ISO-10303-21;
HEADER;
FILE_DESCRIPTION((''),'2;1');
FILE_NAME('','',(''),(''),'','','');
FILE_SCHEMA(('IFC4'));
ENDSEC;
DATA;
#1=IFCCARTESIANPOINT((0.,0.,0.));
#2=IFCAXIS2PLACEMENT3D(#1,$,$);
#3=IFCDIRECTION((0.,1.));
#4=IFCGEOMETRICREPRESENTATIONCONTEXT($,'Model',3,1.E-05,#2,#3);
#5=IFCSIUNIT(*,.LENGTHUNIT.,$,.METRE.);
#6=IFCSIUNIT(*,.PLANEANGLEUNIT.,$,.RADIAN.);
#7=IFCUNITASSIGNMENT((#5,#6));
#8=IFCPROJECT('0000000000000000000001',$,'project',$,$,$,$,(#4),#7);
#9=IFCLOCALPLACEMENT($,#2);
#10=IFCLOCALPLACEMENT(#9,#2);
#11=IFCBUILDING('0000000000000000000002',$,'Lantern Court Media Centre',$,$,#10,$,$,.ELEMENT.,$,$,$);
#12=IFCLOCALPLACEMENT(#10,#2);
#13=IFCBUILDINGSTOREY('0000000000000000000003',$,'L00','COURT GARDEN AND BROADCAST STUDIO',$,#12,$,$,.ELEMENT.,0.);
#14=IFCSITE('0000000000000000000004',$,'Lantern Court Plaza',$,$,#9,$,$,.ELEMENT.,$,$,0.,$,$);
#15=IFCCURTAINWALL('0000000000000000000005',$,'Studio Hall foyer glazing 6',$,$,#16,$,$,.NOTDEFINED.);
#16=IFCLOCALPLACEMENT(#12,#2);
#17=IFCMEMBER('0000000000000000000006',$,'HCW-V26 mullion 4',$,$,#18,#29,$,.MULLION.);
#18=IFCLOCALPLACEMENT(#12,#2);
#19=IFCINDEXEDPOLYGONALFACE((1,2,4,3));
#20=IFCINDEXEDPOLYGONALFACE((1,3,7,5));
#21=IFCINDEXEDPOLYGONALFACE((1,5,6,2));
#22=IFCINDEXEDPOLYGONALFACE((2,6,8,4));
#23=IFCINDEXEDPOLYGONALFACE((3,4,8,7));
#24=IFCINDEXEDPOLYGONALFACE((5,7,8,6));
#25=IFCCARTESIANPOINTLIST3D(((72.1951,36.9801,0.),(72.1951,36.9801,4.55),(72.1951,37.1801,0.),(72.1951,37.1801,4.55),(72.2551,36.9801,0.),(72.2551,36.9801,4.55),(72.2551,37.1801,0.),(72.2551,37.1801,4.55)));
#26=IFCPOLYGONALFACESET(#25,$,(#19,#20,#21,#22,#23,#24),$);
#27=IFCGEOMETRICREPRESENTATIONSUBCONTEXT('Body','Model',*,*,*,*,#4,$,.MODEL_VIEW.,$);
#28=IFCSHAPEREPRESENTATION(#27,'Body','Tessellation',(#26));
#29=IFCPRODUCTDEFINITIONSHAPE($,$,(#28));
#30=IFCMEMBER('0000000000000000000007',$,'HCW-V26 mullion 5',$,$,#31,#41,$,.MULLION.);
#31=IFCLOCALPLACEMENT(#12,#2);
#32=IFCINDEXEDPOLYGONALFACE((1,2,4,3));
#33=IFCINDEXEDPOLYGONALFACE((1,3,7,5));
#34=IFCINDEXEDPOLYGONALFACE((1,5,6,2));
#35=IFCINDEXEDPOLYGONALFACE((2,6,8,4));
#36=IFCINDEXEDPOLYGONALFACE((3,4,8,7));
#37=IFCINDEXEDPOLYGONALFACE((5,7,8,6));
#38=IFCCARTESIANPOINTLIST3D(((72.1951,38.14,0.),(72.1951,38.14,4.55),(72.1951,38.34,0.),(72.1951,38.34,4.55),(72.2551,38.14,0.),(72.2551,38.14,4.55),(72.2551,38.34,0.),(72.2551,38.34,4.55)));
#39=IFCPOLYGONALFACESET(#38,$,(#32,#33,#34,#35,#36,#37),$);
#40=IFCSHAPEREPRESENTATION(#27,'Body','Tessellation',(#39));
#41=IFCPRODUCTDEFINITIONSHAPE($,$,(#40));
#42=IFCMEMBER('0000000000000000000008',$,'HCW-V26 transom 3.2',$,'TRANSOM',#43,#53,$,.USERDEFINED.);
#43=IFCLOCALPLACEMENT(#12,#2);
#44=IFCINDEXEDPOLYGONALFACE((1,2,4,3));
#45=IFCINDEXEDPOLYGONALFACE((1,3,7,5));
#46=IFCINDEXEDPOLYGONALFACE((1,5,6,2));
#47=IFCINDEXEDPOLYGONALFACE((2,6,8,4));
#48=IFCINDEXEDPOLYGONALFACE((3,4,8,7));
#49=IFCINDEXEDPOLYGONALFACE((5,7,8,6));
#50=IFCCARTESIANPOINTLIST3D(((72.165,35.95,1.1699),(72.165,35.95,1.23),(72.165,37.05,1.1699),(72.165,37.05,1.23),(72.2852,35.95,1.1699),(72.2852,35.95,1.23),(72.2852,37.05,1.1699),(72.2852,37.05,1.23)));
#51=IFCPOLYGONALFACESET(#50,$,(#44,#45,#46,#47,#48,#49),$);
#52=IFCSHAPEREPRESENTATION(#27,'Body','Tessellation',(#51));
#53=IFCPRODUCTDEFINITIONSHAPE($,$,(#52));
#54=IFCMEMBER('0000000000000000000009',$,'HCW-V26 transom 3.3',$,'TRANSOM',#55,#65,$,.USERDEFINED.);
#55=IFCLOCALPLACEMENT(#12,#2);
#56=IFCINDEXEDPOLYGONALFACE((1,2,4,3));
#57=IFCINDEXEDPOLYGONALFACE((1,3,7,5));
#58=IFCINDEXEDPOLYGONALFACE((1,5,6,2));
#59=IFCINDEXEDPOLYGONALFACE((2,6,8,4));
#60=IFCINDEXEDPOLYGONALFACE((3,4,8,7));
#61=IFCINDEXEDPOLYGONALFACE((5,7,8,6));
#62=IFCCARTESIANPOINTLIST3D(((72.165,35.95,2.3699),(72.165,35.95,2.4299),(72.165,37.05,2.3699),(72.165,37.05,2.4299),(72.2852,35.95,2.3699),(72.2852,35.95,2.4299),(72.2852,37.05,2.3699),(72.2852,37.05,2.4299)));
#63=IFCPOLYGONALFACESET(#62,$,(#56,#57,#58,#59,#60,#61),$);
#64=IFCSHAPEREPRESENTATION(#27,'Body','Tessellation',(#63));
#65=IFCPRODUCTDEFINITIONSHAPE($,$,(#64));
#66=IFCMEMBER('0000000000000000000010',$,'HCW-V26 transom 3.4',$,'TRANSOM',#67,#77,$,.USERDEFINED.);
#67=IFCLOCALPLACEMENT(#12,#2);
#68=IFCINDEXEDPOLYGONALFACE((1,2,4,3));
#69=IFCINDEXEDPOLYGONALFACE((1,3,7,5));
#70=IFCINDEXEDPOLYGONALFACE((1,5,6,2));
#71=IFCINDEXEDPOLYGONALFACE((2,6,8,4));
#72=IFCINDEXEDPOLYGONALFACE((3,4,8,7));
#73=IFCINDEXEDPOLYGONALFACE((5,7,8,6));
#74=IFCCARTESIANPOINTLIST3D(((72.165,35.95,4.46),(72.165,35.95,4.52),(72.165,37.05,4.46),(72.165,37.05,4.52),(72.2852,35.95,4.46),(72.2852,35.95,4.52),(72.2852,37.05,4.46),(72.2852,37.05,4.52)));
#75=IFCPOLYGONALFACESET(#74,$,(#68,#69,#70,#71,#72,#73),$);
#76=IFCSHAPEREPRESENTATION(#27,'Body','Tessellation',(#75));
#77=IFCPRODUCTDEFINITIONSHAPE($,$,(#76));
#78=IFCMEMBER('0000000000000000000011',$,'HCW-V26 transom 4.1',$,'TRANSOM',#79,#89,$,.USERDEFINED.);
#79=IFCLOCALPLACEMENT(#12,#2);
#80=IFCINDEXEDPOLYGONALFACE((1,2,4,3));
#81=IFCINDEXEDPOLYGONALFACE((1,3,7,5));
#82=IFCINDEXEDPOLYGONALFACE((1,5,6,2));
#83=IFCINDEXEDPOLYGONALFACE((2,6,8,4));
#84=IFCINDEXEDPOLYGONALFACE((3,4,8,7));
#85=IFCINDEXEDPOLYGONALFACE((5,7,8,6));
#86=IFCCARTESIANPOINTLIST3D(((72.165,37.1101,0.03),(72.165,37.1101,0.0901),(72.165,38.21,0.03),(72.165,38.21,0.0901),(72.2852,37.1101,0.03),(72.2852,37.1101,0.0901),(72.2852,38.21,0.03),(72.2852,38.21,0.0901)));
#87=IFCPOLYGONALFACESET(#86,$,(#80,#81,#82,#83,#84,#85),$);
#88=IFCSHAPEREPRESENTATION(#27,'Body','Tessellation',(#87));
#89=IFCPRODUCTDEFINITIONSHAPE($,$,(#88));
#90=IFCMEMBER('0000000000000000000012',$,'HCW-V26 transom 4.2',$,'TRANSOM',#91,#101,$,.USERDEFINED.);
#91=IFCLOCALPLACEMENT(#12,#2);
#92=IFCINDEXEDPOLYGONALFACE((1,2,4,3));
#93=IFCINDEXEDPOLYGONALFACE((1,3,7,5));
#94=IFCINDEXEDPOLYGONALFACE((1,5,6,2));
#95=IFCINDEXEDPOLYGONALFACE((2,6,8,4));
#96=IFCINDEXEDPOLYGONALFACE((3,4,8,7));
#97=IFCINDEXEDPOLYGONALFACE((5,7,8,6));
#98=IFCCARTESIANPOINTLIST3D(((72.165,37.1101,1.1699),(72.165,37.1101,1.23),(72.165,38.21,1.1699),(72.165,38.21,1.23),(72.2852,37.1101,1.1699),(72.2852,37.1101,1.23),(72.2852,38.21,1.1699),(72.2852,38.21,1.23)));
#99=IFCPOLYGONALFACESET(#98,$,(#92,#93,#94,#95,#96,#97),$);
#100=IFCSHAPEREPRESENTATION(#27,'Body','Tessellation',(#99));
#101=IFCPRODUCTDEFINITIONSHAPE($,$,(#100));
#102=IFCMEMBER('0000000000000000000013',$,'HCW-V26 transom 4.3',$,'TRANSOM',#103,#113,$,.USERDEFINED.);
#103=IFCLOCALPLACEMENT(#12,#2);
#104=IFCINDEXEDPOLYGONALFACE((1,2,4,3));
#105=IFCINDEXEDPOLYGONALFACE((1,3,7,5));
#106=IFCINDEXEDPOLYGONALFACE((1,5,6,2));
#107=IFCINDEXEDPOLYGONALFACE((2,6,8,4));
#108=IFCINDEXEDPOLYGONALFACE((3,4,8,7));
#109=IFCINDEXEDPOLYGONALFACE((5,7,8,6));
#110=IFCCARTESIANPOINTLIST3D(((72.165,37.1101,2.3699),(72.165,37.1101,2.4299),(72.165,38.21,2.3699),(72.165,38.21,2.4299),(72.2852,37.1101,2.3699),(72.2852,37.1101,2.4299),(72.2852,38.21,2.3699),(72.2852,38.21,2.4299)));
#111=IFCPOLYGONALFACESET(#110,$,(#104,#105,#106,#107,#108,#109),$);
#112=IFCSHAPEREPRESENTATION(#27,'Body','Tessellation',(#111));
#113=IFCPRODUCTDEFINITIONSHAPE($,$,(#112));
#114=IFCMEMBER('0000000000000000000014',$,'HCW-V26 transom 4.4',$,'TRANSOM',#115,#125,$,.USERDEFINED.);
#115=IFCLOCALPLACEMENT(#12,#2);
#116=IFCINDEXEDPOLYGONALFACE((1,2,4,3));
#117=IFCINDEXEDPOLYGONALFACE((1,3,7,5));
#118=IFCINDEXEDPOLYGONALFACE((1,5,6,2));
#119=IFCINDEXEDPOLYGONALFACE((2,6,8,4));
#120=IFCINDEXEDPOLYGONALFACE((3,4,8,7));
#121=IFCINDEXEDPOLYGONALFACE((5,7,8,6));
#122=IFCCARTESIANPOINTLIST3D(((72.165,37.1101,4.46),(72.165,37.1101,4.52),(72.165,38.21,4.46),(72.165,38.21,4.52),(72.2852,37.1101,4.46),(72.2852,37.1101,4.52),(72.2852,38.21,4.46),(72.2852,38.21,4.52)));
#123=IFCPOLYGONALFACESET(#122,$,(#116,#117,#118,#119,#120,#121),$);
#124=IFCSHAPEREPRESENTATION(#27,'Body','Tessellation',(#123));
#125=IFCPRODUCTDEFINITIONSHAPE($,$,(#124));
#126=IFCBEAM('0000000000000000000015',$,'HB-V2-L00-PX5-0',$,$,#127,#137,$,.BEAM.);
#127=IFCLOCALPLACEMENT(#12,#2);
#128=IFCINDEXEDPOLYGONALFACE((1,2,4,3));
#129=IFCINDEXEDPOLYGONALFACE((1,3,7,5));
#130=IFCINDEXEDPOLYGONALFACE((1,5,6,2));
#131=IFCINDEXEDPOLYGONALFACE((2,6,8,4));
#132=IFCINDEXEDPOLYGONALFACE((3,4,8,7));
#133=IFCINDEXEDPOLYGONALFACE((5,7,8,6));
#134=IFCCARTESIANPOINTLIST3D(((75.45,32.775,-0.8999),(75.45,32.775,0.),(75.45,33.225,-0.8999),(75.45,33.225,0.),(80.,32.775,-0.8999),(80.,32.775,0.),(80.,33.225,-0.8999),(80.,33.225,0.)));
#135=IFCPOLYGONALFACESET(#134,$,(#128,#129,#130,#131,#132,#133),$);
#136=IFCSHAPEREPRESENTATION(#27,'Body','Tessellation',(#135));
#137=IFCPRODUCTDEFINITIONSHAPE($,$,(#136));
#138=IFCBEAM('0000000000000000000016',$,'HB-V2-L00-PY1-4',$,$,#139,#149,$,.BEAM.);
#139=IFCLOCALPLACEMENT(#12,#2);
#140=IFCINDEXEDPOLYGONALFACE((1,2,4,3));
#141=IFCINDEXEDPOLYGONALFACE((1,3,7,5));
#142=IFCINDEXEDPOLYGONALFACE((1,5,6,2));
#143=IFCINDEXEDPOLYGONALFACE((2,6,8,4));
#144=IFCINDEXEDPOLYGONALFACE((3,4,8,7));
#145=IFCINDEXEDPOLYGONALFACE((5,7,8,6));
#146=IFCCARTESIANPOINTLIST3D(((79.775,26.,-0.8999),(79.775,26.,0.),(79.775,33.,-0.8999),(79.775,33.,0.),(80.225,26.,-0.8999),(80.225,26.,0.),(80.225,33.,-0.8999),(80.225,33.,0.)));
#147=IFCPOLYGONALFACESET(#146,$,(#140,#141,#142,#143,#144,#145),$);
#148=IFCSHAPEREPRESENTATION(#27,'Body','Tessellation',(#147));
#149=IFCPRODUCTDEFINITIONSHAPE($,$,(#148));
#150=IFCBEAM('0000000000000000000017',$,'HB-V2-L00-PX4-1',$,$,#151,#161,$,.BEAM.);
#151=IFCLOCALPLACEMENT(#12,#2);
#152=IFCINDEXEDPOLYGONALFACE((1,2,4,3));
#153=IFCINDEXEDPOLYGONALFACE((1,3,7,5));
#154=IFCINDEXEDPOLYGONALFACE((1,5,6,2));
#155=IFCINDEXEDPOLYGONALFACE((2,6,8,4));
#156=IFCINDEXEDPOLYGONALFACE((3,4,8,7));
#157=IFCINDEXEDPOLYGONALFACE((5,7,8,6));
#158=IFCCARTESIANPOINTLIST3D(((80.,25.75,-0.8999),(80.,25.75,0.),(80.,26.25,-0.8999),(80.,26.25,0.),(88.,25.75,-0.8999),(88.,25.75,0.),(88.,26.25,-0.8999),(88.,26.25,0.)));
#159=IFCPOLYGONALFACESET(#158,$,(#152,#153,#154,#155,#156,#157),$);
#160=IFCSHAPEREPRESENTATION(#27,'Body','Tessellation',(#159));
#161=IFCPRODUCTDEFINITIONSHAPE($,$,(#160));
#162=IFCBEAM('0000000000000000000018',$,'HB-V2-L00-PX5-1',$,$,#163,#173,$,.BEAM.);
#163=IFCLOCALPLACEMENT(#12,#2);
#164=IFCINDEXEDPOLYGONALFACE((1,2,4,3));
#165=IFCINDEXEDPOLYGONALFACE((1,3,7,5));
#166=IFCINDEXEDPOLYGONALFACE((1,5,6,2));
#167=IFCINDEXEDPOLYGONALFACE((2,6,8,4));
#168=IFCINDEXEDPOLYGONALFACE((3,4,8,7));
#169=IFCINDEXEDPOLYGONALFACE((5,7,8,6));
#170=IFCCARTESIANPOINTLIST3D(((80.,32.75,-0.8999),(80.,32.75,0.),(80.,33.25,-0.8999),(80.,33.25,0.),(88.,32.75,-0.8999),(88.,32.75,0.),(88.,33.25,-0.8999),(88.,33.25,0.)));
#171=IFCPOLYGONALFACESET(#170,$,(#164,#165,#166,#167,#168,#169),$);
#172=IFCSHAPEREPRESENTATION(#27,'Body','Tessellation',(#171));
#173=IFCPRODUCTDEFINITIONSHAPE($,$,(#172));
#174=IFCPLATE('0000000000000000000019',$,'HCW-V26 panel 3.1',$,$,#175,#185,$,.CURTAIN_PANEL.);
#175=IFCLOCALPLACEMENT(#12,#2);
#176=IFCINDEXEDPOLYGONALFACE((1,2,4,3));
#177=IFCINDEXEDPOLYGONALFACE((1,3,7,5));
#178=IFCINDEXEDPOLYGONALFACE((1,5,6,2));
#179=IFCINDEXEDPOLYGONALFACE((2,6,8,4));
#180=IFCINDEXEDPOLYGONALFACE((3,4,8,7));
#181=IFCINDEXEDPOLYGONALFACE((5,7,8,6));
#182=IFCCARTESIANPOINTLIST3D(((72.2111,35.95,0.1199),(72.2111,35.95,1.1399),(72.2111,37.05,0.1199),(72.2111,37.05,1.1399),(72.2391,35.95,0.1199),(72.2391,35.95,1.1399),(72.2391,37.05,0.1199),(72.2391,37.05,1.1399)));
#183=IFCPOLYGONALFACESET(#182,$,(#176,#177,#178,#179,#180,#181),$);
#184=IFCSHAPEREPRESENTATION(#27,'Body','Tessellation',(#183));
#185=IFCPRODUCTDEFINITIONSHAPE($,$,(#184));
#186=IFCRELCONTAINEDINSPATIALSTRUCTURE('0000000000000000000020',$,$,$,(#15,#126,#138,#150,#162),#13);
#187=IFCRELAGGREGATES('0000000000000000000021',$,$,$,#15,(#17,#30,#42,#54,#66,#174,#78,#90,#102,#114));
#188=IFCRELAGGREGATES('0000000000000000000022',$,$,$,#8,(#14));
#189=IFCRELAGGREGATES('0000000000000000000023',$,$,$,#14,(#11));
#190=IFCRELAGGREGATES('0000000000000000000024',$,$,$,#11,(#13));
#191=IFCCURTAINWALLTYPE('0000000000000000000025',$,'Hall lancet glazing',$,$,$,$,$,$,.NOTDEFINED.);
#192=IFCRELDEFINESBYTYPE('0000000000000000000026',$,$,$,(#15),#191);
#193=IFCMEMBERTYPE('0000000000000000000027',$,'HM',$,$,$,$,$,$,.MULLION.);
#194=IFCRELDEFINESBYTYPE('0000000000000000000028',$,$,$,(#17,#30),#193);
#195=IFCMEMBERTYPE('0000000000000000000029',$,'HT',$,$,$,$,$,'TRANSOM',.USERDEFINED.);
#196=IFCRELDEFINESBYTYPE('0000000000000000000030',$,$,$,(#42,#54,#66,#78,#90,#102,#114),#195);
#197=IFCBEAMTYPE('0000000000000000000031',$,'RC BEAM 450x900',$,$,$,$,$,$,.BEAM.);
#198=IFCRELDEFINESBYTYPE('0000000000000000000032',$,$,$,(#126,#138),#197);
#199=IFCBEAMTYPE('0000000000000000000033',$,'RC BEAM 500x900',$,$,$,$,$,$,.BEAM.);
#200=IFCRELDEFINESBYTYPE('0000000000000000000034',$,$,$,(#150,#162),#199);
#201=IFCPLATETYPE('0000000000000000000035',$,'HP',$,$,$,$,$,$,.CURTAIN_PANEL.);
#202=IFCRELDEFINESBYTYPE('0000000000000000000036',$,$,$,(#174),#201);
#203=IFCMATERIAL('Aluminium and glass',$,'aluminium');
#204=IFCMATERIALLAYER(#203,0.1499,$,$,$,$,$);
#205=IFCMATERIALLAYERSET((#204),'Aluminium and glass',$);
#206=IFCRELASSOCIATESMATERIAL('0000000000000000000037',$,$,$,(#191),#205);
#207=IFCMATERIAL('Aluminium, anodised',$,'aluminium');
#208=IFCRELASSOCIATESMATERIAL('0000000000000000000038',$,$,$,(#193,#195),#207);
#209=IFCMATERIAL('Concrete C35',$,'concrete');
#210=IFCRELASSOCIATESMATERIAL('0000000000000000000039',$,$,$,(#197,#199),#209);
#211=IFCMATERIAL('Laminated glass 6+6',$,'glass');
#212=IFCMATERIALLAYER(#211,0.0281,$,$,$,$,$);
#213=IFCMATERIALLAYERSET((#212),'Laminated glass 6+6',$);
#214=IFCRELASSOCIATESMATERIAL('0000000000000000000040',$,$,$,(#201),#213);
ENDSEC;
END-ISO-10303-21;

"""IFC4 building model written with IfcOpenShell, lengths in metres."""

from ifc_helpers import new_model, si_unit, direction, frame, origin, origin_2d, place, context, subcontext, project, spatial, rectangle, extrude, material, layer, layer_set, material_profile, profile_set, type_object, element, aggregate, save


model = new_model("IFC4")

# Units and contexts
model_context = context("Model", 3, precision=1e-05, world=origin(), true_north=direction((0.0, 1.0)))
body_context = subcontext(model_context, "Body", "Model", "MODEL_VIEW")
ifc_project = project(units=[si_unit("LENGTHUNIT", "METRE"), si_unit("PLANEANGLEUNIT", "RADIAN")], contexts=[model_context])

# Site, building, storey
site_placement = place(None, origin())
site = spatial("IfcSite", under=ifc_project, at=site_placement, Name="Lantern Court Plaza", CompositionType="ELEMENT", RefElevation=0.0)
building_placement = place(site_placement, origin())
building = spatial("IfcBuilding", under=site, at=building_placement, Name="Lantern Court Media Centre", CompositionType="ELEMENT")
storey_placement = place(building_placement, origin())
storey = spatial("IfcBuildingStorey", under=building, at=storey_placement, Name="L00", Description="COURT GARDEN AND BROADCAST STUDIO", CompositionType="ELEMENT", Elevation=0.0)

# Curtain wall, members
ifc_material_1 = material(Name="Aluminium and glass", Category="aluminium")
ifc_layer_1 = layer(ifc_material_1, 0.1499)
ifc_layer_set_1 = layer_set([ifc_layer_1], Name="Aluminium and glass")
curtain_wall_type = type_object("IfcCurtainWallType", Name="Hall lancet glazing", PredefinedType="NOTDEFINED", material=ifc_layer_set_1)
curtain_wall_placement = place(storey_placement, origin())
curtain_wall = element("IfcCurtainWall", 1, at=curtain_wall_placement, inside=storey, type_object=curtain_wall_type, Name="Studio Hall foyer glazing 6", PredefinedType="NOTDEFINED")
ifc_material_2 = material(Name="Aluminium, anodised", Category="aluminium")
ifc_material_profile_1 = material_profile(ifc_material_2, rectangle(XDim=0.0601, YDim=0.2, at=origin_2d()), Name="HM")
ifc_profile_set_1 = profile_set([ifc_material_profile_1], Name="Aluminium, anodised")
member_type_1 = type_object("IfcMemberType", Name="HM", PredefinedType="MULLION", material=ifc_profile_set_1)
member_1_placement = place(storey_placement, frame((72.2251, 37.0801, 0.0), z_axis=(0.0, 0.0, 1.0), x_axis=(-1.0, 0.0, 0.0)))
member_1 = element("IfcMember", 2, at=member_1_placement, type_object=member_type_1, Name="HCW-V26 mullion 4", PredefinedType="MULLION", context=body_context, shape_type="SweptSolid", body=[
    extrude(rectangle(XDim=0.0601, YDim=0.2, at=origin_2d()), origin(), (0.0, 0.0, 1.0), 4.55),
])
member_2_placement = place(storey_placement, frame((72.2251, 38.24, 0.0), z_axis=(0.0, 0.0, 1.0), x_axis=(-1.0, 0.0, 0.0)))
member_2 = element("IfcMember", 3, at=member_2_placement, type_object=member_type_1, Name="HCW-V26 mullion 5", PredefinedType="MULLION", context=body_context, shape_type="SweptSolid", body=[
    extrude(rectangle(XDim=0.0601, YDim=0.2, at=origin_2d()), origin(), (0.0, 0.0, 1.0), 4.55),
])
ifc_material_profile_2 = material_profile(ifc_material_2, rectangle(XDim=0.1201, YDim=0.0601, at=origin_2d()), Name="HT")
ifc_profile_set_2 = profile_set([ifc_material_profile_2], Name="Aluminium, anodised")
member_type_2 = type_object("IfcMemberType", Name="HT", ElementType="TRANSOM", PredefinedType="USERDEFINED", material=ifc_profile_set_2)
member_3_placement = place(storey_placement, frame((72.2251, 35.95, 1.2), z_axis=(0.0, 1.0, 0.0), x_axis=(-1.0, 0.0, 0.0)))
member_3 = element("IfcMember", 4, at=member_3_placement, type_object=member_type_2, Name="HCW-V26 transom 3.2", ObjectType="TRANSOM", PredefinedType="USERDEFINED", context=body_context, shape_type="SweptSolid", body=[
    extrude(rectangle(XDim=0.1201, YDim=0.0601, at=origin_2d()), origin(), (0.0, 0.0, 1.0), 1.1001),
])
member_4_placement = place(storey_placement, frame((72.2251, 35.95, 2.3999), z_axis=(0.0, 1.0, 0.0), x_axis=(-1.0, 0.0, 0.0)))
member_4 = element("IfcMember", 5, at=member_4_placement, type_object=member_type_2, Name="HCW-V26 transom 3.3", ObjectType="TRANSOM", PredefinedType="USERDEFINED", context=body_context, shape_type="SweptSolid", body=[
    extrude(rectangle(XDim=0.1201, YDim=0.0601, at=origin_2d()), origin(), (0.0, 0.0, 1.0), 1.1001),
])
member_5_placement = place(storey_placement, frame((72.2251, 35.95, 4.49), z_axis=(0.0, 1.0, 0.0), x_axis=(-1.0, 0.0, 0.0)))
member_5 = element("IfcMember", 6, at=member_5_placement, type_object=member_type_2, Name="HCW-V26 transom 3.4", ObjectType="TRANSOM", PredefinedType="USERDEFINED", context=body_context, shape_type="SweptSolid", body=[
    extrude(rectangle(XDim=0.1201, YDim=0.0601, at=origin_2d()), origin(), (0.0, 0.0, 1.0), 1.1001),
])
member_6_placement = place(storey_placement, frame((72.2251, 37.1101, 0.0601), z_axis=(0.0, 1.0, 0.0), x_axis=(-1.0, 0.0, 0.0)))
member_6 = element("IfcMember", 7, at=member_6_placement, type_object=member_type_2, Name="HCW-V26 transom 4.1", ObjectType="TRANSOM", PredefinedType="USERDEFINED", context=body_context, shape_type="SweptSolid", body=[
    extrude(rectangle(XDim=0.1201, YDim=0.0601, at=origin_2d()), origin(), (0.0, 0.0, 1.0), 1.0999),
])
member_7_placement = place(storey_placement, frame((72.2251, 37.1101, 1.2), z_axis=(0.0, 1.0, 0.0), x_axis=(-1.0, 0.0, 0.0)))
member_7 = element("IfcMember", 8, at=member_7_placement, type_object=member_type_2, Name="HCW-V26 transom 4.2", ObjectType="TRANSOM", PredefinedType="USERDEFINED", context=body_context, shape_type="SweptSolid", body=[
    extrude(rectangle(XDim=0.1201, YDim=0.0601, at=origin_2d()), origin(), (0.0, 0.0, 1.0), 1.0999),
])
member_8_placement = place(storey_placement, frame((72.2251, 37.1101, 2.3999), z_axis=(0.0, 1.0, 0.0), x_axis=(-1.0, 0.0, 0.0)))
member_8 = element("IfcMember", 9, at=member_8_placement, type_object=member_type_2, Name="HCW-V26 transom 4.3", ObjectType="TRANSOM", PredefinedType="USERDEFINED", context=body_context, shape_type="SweptSolid", body=[
    extrude(rectangle(XDim=0.1201, YDim=0.0601, at=origin_2d()), origin(), (0.0, 0.0, 1.0), 1.0999),
])
member_9_placement = place(storey_placement, frame((72.2251, 37.1101, 4.49), z_axis=(0.0, 1.0, 0.0), x_axis=(-1.0, 0.0, 0.0)))
member_9 = element("IfcMember", 10, at=member_9_placement, type_object=member_type_2, Name="HCW-V26 transom 4.4", ObjectType="TRANSOM", PredefinedType="USERDEFINED", context=body_context, shape_type="SweptSolid", body=[
    extrude(rectangle(XDim=0.1201, YDim=0.0601, at=origin_2d()), origin(), (0.0, 0.0, 1.0), 1.0999),
])

# Beams
ifc_material_3 = material(Name="Concrete C35", Category="concrete")
ifc_material_profile_3 = material_profile(ifc_material_3, rectangle(XDim=0.45, YDim=0.8999, at=origin_2d()), Name="RC 450x900")
ifc_profile_set_3 = profile_set([ifc_material_profile_3], Name="Concrete C35")
beam_type_1 = type_object("IfcBeamType", Name="RC BEAM 450x900", PredefinedType="BEAM", material=ifc_profile_set_3)
beam_1_placement = place(storey_placement, frame((75.45, 33.0, -0.45), z_axis=(1.0, 0.0, 0.0), x_axis=(0.0, 1.0, 0.0)))
element("IfcBeam", 11, at=beam_1_placement, inside=storey, type_object=beam_type_1, Name="HB-V2-L00-PX5-0", PredefinedType="BEAM", context=body_context, shape_type="SweptSolid", body=[
    extrude(rectangle(XDim=0.45, YDim=0.8999, at=origin_2d()), origin(), (0.0, 0.0, 1.0), 4.55),
])
beam_2_placement = place(storey_placement, frame((80.0, 26.0, -0.45), z_axis=(0.0, 1.0, 0.0), x_axis=(-1.0, 0.0, 0.0)))
element("IfcBeam", 12, at=beam_2_placement, inside=storey, type_object=beam_type_1, Name="HB-V2-L00-PY1-4", PredefinedType="BEAM", context=body_context, shape_type="SweptSolid", body=[
    extrude(rectangle(XDim=0.45, YDim=0.8999, at=origin_2d()), origin(), (0.0, 0.0, 1.0), 7.0),
])
ifc_material_profile_4 = material_profile(ifc_material_3, rectangle(XDim=0.5, YDim=0.8999, at=origin_2d()), Name="RC 500x900")
ifc_profile_set_4 = profile_set([ifc_material_profile_4], Name="Concrete C35")
beam_type_2 = type_object("IfcBeamType", Name="RC BEAM 500x900", PredefinedType="BEAM", material=ifc_profile_set_4)
for number, where, z_axis, x_axis, name in (
    (13, (80.0, 26.0, -0.45), (1.0, 0.0, 0.0), (0.0, 1.0, 0.0), "HB-V2-L00-PX4-1"),
    (14, (80.0, 33.0, -0.45), (1.0, 0.0, 0.0), (0.0, 1.0, 0.0), "HB-V2-L00-PX5-1"),
):
    element("IfcBeam", number, at=place(storey_placement, frame(where, z_axis=z_axis, x_axis=x_axis)), inside=storey, type_object=beam_type_2, Name=name, PredefinedType="BEAM", context=body_context, shape_type="SweptSolid", body=[
        extrude(rectangle(XDim=0.5, YDim=0.8999, at=origin_2d()), origin(), (0.0, 0.0, 1.0), 8.0),
    ])

# Plate
ifc_material_4 = material(Name="Laminated glass 6+6", Category="glass")
ifc_layer_2 = layer(ifc_material_4, 0.0281)
ifc_layer_set_2 = layer_set([ifc_layer_2], Name="Laminated glass 6+6")
plate_type = type_object("IfcPlateType", Name="HP", PredefinedType="CURTAIN_PANEL", material=ifc_layer_set_2)
plate_1_placement = place(storey_placement, frame((72.2251, 36.5, 0.1199), z_axis=(0.0, 0.0, 1.0), x_axis=(0.0, 1.0, 0.0)))
plate_1 = element("IfcPlate", 15, at=plate_1_placement, type_object=plate_type, Name="HCW-V26 panel 3.1", PredefinedType="CURTAIN_PANEL", context=body_context, shape_type="SweptSolid", body=[
    extrude(rectangle(XDim=1.1001, YDim=0.0281, at=origin_2d()), origin(), (0.0, 0.0, 1.0), 1.02),
])
aggregate(curtain_wall, [member_1, member_2, member_3, member_4, member_5, plate_1, member_6, member_7, member_8, member_9])

save(model, "model.ifc")
